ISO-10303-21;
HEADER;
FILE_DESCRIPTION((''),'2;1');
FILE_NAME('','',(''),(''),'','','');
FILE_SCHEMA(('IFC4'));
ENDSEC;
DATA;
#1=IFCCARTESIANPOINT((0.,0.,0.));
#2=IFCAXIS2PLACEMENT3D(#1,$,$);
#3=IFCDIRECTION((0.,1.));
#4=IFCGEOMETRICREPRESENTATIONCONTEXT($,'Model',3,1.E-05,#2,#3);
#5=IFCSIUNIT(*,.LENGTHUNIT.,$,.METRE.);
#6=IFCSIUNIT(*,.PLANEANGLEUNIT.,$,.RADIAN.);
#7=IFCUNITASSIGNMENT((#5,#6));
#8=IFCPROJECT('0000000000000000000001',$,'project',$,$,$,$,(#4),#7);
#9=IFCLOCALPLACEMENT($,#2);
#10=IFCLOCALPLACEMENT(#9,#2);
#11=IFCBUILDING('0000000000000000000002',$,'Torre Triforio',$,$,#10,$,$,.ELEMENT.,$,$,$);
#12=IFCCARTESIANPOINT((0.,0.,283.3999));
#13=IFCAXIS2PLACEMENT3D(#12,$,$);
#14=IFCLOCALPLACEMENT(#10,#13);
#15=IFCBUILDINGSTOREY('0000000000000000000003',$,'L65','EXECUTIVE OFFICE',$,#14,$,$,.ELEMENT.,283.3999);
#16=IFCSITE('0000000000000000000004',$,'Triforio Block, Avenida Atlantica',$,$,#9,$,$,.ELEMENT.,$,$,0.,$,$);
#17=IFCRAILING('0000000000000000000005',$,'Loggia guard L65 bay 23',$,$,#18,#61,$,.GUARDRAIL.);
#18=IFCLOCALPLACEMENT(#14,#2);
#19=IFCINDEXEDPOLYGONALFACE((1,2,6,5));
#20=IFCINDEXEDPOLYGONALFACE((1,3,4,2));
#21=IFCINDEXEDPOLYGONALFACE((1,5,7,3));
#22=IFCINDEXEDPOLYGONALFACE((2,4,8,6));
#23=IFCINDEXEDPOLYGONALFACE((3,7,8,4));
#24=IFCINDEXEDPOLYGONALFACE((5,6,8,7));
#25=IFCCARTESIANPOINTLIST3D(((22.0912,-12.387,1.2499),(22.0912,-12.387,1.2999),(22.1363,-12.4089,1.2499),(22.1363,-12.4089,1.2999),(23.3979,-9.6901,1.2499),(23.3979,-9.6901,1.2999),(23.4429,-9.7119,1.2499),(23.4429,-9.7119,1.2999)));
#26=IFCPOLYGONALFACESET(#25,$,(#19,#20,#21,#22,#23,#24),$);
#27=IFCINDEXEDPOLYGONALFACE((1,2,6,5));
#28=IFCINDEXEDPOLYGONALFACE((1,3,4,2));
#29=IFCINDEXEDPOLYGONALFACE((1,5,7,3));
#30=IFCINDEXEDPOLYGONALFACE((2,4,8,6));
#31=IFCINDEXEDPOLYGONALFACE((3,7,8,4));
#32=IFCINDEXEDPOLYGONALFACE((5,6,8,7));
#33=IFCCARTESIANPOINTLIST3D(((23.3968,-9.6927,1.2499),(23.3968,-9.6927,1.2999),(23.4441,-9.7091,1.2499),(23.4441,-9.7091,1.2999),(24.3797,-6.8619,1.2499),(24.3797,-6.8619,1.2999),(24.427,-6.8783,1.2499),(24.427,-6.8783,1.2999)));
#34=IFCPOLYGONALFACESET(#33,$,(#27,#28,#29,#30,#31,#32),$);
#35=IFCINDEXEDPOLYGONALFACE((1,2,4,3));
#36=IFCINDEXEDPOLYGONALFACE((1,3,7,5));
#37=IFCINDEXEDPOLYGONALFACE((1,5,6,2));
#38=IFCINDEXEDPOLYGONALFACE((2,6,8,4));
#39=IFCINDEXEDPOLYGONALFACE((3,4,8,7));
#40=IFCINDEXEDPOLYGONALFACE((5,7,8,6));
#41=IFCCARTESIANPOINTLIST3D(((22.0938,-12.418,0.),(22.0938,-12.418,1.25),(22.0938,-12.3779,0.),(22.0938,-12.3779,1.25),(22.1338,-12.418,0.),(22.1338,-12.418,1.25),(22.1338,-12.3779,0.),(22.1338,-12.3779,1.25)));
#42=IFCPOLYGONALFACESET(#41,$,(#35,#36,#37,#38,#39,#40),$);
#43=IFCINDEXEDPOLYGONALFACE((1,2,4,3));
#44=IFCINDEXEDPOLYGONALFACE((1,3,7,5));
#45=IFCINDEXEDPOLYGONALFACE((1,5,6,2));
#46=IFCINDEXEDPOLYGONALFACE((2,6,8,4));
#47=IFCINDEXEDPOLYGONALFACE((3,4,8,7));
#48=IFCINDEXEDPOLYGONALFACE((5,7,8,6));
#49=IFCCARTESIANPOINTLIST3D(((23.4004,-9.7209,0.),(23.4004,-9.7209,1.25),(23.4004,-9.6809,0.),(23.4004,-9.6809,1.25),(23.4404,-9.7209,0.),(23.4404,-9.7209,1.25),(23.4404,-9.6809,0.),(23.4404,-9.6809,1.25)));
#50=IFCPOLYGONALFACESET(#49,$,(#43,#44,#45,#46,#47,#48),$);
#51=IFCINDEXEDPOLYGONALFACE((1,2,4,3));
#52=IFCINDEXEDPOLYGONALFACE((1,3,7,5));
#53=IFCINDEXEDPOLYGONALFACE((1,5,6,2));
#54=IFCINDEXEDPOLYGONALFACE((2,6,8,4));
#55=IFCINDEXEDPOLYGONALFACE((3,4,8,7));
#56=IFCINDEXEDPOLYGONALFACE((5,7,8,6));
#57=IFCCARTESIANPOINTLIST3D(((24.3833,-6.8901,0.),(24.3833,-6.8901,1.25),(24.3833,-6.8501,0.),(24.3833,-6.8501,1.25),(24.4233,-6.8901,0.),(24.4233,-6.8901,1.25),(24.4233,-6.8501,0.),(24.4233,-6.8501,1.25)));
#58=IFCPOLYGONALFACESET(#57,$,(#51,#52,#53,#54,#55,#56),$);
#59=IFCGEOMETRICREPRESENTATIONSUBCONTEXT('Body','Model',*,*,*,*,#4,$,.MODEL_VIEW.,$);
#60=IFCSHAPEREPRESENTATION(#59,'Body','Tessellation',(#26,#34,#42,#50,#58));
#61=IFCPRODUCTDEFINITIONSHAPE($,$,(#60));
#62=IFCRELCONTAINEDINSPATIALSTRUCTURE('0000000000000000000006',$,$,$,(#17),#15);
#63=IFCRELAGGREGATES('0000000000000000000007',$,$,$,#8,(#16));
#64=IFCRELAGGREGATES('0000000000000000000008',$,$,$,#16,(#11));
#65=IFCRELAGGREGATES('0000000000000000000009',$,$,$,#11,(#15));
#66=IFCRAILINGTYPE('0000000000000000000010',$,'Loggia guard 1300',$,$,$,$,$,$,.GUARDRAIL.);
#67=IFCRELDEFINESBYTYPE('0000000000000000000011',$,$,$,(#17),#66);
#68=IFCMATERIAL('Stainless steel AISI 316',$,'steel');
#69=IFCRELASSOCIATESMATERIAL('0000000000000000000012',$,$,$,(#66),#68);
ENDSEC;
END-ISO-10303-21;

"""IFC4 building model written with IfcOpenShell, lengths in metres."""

from ifc_helpers import new_model, si_unit, direction, frame, origin, origin_2d, place, context, subcontext, project, spatial, rectangle, extrude, material, type_object, element, save


model = new_model("IFC4")

# Units and contexts
model_context = context("Model", 3, precision=1e-05, world=origin(), true_north=direction((0.0, 1.0)))
body_context = subcontext(model_context, "Body", "Model", "MODEL_VIEW")
ifc_project = project(units=[si_unit("LENGTHUNIT", "METRE"), si_unit("PLANEANGLEUNIT", "RADIAN")], contexts=[model_context])

# Site, building, storey
site_placement = place(None, origin())
site = spatial("IfcSite", under=ifc_project, at=site_placement, Name="Triforio Block, Avenida Atlantica", CompositionType="ELEMENT", RefElevation=0.0)
building_placement = place(site_placement, origin())
building = spatial("IfcBuilding", under=site, at=building_placement, Name="Torre Triforio", CompositionType="ELEMENT")
storey_placement = place(building_placement, frame((0.0, 0.0, 283.3999)))
storey = spatial("IfcBuildingStorey", under=building, at=storey_placement, Name="L65", Description="EXECUTIVE OFFICE", CompositionType="ELEMENT", Elevation=283.3999)

# Railing
ifc_material_1 = material(Name="Stainless steel AISI 316", Category="steel")
railing_type = type_object("IfcRailingType", Name="Loggia guard 1300", PredefinedType="GUARDRAIL", material=ifc_material_1)
railing_1_placement = place(storey_placement, frame((22.1138, -12.3979, 0.0)))
element("IfcRailing", 1, at=railing_1_placement, inside=storey, type_object=railing_type, Name="Loggia guard L65 bay 23", PredefinedType="GUARDRAIL", context=body_context, shape_type="SweptSolid", body=[
    extrude(rectangle(XDim=0.05, YDim=0.05, at=origin_2d()), frame((0.0, 0.0, 1.2749), z_axis=(0.436002, 0.899946, 0.0), x_axis=(-0.899946, 0.436002, 0.0)), (0.0, 0.0, 1.0), 2.9968),
    extrude(rectangle(XDim=0.05, YDim=0.05, at=origin_2d()), frame((1.3066, 2.697, 1.2749), z_axis=(0.328009, 0.944675, 0.0), x_axis=(-0.944675, 0.328009, 0.0)), (0.0, 0.0, 1.0), 2.9966),
    extrude(rectangle(XDim=0.04, YDim=0.04, at=origin_2d()), origin(), (0.0, 0.0, 1.0), 1.25),
    extrude(rectangle(XDim=0.04, YDim=0.04, at=origin_2d()), frame((1.3066, 2.697, 0.0)), (0.0, 0.0, 1.0), 1.25),
    extrude(rectangle(XDim=0.04, YDim=0.04, at=origin_2d()), frame((2.2896, 5.5278, 0.0)), (0.0, 0.0, 1.0), 1.25),
])

save(model, "model.ifc")
